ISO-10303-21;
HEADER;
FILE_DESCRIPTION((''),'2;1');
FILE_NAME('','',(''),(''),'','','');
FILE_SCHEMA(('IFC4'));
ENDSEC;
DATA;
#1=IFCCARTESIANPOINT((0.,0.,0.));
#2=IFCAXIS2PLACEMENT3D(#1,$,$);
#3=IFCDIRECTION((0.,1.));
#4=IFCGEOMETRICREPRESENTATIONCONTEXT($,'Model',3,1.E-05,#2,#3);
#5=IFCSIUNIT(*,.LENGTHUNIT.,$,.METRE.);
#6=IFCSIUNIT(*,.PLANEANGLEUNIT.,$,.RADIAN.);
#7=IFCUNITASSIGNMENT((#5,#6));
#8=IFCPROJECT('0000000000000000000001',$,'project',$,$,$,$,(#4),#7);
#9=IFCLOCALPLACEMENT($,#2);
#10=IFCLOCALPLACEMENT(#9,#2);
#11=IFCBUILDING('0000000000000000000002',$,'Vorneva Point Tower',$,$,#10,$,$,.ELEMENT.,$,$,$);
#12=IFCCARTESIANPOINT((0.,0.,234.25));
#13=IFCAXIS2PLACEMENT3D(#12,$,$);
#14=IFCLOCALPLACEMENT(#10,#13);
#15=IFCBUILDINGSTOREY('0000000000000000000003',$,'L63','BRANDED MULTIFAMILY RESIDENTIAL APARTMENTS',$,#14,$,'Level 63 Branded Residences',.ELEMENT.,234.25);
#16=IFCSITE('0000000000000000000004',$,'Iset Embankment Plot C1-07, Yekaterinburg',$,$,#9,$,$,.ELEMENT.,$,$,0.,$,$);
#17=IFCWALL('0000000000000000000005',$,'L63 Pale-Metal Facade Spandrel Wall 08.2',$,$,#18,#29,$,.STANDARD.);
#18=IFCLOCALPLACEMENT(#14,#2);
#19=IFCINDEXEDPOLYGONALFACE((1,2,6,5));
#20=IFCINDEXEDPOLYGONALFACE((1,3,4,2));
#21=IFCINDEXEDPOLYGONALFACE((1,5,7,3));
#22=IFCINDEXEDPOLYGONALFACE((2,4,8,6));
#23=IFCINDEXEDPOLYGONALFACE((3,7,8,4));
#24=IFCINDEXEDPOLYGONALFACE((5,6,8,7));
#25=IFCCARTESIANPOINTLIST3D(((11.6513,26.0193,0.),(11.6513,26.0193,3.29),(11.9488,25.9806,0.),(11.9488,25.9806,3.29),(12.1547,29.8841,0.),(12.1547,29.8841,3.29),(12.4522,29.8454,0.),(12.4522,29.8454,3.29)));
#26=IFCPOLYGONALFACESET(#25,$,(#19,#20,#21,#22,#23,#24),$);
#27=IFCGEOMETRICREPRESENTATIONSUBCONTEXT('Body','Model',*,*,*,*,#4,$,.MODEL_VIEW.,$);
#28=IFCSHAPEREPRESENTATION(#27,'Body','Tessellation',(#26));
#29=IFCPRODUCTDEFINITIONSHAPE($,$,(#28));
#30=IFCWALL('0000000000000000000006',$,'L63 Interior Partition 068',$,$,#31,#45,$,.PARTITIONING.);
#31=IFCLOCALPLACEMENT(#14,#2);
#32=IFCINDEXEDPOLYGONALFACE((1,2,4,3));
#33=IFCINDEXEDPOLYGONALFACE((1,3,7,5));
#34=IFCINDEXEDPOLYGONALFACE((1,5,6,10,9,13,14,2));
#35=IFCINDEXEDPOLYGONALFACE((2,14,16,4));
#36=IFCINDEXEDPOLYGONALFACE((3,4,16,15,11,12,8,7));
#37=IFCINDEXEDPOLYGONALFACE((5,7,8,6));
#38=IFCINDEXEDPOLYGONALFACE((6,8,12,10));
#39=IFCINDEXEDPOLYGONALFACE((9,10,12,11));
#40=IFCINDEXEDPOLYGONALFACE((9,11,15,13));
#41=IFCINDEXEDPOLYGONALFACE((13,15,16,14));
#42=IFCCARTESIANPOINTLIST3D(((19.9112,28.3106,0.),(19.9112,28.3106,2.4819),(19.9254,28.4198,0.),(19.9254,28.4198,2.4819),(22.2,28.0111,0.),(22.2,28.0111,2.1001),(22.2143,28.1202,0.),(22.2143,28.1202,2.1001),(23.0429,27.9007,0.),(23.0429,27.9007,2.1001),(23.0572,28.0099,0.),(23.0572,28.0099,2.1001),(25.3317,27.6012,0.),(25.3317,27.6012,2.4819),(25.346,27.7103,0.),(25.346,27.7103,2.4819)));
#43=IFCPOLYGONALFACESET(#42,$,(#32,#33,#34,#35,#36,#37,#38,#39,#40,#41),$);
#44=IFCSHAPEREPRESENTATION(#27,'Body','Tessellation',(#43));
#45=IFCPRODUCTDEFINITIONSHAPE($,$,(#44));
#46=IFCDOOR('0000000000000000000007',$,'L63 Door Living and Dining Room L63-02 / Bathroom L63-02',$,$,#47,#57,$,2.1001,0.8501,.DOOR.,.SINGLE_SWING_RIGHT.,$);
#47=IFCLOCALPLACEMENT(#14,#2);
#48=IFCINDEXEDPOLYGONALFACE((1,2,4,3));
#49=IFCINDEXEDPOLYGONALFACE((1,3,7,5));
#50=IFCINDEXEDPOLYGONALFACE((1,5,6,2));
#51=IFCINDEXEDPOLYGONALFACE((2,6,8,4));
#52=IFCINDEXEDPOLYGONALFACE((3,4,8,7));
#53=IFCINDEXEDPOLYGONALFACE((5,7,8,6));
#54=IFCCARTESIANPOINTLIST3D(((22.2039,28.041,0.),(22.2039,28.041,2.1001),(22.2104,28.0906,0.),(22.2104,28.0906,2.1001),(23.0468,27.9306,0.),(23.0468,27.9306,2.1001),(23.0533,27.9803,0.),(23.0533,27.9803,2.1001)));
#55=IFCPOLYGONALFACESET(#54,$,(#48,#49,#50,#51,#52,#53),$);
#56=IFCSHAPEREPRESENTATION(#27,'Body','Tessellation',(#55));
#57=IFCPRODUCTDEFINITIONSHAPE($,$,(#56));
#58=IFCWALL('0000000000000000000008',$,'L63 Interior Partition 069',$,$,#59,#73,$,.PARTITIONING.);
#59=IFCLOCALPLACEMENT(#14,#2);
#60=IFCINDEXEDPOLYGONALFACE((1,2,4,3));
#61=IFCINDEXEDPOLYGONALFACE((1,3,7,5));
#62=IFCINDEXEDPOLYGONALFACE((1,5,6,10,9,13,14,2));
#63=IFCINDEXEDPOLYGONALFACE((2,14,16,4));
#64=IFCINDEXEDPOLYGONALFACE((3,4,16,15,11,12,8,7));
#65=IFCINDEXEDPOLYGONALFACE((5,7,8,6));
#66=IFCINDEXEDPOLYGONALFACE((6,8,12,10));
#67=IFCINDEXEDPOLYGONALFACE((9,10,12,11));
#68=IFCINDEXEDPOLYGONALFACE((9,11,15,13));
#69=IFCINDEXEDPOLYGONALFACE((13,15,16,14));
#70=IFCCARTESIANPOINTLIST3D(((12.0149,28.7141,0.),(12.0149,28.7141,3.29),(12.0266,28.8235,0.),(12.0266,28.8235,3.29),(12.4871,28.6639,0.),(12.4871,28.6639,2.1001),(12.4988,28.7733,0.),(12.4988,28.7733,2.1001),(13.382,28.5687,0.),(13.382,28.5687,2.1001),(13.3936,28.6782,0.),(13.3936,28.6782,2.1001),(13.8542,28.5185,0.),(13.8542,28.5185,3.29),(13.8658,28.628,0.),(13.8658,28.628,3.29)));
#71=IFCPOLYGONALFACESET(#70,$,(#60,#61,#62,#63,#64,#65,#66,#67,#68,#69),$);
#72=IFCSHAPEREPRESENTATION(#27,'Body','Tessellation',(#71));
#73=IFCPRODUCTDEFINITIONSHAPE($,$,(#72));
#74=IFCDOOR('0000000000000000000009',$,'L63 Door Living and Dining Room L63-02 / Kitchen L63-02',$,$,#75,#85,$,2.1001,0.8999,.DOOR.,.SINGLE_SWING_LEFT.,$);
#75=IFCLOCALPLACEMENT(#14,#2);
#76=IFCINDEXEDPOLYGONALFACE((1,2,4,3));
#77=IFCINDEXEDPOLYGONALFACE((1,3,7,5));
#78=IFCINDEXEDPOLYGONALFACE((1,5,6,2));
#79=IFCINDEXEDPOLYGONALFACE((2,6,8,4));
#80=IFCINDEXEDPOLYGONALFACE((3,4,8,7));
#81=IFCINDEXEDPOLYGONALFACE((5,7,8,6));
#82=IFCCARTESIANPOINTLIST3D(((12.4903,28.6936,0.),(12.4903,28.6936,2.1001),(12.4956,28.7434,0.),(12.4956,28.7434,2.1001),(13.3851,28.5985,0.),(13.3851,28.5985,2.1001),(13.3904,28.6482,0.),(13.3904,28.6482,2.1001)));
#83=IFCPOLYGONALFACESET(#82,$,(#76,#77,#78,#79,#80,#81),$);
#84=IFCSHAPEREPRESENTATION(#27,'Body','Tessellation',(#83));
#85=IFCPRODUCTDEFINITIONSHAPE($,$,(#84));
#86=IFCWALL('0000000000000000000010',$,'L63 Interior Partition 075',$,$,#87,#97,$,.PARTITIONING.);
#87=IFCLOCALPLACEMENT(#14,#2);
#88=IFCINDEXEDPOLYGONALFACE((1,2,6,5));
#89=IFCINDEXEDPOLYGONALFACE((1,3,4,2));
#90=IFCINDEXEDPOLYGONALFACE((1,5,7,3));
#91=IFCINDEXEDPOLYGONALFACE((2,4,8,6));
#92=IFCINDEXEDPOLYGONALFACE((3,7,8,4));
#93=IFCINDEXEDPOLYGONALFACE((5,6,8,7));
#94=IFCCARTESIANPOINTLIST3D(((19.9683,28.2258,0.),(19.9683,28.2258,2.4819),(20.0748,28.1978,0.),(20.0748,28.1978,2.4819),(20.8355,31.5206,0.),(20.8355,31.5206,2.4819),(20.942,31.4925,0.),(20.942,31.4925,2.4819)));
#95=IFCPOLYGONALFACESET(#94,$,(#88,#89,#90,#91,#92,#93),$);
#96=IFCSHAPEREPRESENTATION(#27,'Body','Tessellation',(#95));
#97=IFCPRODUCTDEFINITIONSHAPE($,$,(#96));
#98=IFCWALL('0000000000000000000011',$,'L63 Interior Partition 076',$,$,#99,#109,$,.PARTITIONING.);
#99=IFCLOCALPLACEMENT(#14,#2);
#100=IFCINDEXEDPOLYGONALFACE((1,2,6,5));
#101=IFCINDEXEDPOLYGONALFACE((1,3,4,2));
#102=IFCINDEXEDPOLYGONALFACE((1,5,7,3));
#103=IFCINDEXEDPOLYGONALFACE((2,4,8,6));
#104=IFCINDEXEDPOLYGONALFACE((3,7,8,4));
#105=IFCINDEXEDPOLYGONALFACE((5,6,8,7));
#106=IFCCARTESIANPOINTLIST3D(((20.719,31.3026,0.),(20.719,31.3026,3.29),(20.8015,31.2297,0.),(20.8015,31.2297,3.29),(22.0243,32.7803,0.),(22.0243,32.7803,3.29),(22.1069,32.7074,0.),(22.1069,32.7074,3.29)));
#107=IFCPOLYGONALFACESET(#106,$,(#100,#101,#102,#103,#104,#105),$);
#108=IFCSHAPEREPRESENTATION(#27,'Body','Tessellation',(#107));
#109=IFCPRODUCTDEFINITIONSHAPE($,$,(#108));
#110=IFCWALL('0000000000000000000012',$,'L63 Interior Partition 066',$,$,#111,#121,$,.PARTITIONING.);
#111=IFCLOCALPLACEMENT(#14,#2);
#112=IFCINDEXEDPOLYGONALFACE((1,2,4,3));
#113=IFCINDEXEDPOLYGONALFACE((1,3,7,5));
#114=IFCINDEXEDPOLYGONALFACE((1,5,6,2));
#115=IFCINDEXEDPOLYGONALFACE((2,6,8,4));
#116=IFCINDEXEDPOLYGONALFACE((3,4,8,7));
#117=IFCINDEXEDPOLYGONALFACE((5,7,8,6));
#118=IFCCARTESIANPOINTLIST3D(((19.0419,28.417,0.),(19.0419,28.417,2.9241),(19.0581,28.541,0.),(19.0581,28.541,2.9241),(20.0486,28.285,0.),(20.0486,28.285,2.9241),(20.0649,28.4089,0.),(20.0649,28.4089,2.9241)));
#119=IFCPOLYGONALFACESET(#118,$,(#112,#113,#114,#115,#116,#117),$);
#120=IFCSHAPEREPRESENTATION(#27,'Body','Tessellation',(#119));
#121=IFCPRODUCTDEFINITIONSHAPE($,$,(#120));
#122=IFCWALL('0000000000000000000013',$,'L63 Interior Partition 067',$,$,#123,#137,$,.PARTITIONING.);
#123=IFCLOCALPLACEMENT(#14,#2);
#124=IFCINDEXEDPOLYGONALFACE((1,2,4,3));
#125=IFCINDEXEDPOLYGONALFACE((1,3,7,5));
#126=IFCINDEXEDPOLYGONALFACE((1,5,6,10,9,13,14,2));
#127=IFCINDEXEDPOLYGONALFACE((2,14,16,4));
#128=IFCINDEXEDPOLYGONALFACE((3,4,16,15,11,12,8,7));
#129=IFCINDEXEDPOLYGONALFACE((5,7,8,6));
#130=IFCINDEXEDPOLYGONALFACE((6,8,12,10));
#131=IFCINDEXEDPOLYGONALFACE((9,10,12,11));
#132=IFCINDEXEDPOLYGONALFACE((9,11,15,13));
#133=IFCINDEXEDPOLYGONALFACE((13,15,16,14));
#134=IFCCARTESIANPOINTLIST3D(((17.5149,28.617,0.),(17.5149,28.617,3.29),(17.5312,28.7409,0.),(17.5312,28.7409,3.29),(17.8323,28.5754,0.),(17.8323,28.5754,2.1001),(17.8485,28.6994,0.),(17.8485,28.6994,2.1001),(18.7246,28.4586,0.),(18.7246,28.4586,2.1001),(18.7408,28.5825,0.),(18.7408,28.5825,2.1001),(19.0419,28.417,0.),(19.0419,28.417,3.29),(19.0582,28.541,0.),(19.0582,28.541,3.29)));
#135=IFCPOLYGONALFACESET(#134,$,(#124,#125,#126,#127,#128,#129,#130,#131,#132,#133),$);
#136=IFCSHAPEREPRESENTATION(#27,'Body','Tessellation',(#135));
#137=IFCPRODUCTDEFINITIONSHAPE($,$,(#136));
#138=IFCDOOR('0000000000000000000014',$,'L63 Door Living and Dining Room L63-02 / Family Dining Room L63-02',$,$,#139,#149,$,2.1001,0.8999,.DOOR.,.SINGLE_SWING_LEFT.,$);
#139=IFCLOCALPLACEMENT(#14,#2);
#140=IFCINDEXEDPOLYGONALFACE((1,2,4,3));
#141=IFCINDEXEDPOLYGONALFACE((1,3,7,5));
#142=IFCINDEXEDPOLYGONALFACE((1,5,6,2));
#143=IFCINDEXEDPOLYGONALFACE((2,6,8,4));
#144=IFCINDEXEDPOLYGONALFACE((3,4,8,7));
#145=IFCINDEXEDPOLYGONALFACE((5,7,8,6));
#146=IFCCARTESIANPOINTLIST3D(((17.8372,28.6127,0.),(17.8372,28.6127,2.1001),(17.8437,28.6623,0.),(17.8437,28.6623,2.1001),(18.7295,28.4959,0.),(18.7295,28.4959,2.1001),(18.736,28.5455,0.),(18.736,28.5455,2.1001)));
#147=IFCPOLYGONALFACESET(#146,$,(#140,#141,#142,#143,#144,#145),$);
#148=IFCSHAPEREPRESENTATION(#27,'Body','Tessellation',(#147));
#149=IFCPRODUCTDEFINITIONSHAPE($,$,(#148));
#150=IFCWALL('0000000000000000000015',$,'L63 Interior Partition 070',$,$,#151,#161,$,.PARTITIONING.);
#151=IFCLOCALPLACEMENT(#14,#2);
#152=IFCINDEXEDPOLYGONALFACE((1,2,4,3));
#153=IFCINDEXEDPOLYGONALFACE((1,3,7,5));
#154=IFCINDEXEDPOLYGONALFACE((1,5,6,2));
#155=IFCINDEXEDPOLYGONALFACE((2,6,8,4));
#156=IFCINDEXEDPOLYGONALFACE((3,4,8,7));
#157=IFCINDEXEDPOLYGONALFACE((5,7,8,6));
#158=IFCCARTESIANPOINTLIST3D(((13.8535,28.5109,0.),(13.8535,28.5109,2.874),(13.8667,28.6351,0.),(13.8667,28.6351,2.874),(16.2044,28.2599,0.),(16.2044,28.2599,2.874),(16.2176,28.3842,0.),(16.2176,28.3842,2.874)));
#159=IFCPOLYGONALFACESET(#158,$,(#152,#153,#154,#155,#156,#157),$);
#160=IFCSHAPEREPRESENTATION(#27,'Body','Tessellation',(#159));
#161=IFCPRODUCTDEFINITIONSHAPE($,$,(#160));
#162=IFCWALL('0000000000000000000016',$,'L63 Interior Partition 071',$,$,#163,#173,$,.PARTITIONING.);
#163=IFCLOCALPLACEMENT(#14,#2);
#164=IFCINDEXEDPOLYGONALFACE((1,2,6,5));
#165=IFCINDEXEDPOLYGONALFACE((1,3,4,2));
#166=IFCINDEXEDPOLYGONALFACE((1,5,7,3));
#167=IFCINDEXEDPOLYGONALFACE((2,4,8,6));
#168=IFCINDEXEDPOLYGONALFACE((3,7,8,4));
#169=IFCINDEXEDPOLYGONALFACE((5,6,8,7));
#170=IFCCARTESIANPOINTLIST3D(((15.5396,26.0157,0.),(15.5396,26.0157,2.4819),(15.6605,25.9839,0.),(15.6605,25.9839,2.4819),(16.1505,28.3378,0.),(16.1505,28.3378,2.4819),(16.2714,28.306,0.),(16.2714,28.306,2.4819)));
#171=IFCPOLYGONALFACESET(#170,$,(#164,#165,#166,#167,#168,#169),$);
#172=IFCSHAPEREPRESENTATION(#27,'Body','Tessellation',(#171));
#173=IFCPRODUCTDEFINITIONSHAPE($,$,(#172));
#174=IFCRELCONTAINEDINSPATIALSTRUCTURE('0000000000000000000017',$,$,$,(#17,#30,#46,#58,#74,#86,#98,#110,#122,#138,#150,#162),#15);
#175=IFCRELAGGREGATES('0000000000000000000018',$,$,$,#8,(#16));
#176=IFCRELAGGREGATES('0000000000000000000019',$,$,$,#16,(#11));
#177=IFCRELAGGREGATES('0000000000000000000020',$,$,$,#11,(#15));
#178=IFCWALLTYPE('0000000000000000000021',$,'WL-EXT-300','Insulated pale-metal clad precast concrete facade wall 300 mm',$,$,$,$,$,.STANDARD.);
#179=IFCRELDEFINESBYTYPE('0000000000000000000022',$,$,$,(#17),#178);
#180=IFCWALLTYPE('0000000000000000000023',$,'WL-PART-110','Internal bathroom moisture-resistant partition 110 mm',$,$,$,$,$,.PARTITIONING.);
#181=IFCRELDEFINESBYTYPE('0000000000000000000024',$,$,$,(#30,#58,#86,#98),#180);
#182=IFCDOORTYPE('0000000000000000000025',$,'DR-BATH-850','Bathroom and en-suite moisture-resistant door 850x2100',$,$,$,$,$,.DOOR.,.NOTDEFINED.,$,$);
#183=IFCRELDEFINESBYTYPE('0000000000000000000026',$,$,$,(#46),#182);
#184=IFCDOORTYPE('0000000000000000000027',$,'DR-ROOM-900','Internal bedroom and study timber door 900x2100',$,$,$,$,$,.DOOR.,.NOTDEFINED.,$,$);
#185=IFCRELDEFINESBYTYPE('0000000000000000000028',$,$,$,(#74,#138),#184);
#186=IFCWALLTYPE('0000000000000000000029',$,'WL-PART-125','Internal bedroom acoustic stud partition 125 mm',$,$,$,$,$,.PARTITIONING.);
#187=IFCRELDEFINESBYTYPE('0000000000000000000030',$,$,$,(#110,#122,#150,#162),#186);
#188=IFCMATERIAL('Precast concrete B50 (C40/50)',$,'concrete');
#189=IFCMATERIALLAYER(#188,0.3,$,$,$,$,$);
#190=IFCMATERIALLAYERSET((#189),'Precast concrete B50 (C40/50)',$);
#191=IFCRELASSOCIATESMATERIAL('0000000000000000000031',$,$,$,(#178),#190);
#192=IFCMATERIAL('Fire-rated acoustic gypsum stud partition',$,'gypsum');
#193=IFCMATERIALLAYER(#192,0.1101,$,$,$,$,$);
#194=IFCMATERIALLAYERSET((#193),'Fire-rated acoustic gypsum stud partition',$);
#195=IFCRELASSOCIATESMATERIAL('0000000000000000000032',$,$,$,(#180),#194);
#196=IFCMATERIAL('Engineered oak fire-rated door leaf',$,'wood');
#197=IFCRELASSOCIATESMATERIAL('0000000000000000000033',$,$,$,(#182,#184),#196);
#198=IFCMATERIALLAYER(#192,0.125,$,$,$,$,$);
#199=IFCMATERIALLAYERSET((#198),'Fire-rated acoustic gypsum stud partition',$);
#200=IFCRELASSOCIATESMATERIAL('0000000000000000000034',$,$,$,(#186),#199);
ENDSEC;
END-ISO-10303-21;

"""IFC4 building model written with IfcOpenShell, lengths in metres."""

from ifc_helpers import new_model, si_unit, direction, frame, frame_2d, origin, place, context, subcontext, project, spatial, rectangle, extrude, material, layer, layer_set, type_object, element, fill, save


model = new_model("IFC4")

# Units and contexts
model_context = context("Model", 3, precision=1e-05, world=origin(), true_north=direction((0.0, 1.0)))
body_context = subcontext(model_context, "Body", "Model", "MODEL_VIEW")
ifc_project = project(units=[si_unit("LENGTHUNIT", "METRE"), si_unit("PLANEANGLEUNIT", "RADIAN")], contexts=[model_context])

# Site, building, storey
site_placement = place(None, origin())
site = spatial("IfcSite", under=ifc_project, at=site_placement, Name="Iset Embankment Plot C1-07, Yekaterinburg", CompositionType="ELEMENT", RefElevation=0.0)
building_placement = place(site_placement, origin())
building = spatial("IfcBuilding", under=site, at=building_placement, Name="Vorneva Point Tower", CompositionType="ELEMENT")
storey_placement = place(building_placement, frame((0.0, 0.0, 234.25)))
storey = spatial("IfcBuildingStorey", under=building, at=storey_placement, Name="L63", Description="BRANDED MULTIFAMILY RESIDENTIAL APARTMENTS", LongName="Level 63 Branded Residences", CompositionType="ELEMENT", Elevation=234.25)

# Wall
ifc_material_1 = material(Name="Precast concrete B50 (C40/50)", Category="concrete")
ifc_layer_1 = layer(ifc_material_1, 0.3)
ifc_layer_set_1 = layer_set([ifc_layer_1], Name="Precast concrete B50 (C40/50)")
wall_type_1 = type_object("IfcWallType", Name="WL-EXT-300", Description="Insulated pale-metal clad precast concrete facade wall 300 mm", PredefinedType="STANDARD", material=ifc_layer_set_1)
wall_1_placement = place(storey_placement, frame((12.3035, 29.8647, 0.0), z_axis=(0.0, 0.0, 1.0), x_axis=(-0.129168, -0.991623, 0.0)))
element("IfcWall", 1, at=wall_1_placement, inside=storey, type_object=wall_type_1, Name="L63 Pale-Metal Facade Spandrel Wall 08.2", PredefinedType="STANDARD", context=body_context, shape_type="SweptSolid", body=[
    extrude(rectangle(XDim=3.8975, YDim=0.3, at=frame_2d((1.9487, 0.0))), origin(), (0.0, 0.0, 1.0), 3.29),
])

# Walls, openings, doors
ifc_material_2 = material(Name="Fire-rated acoustic gypsum stud partition", Category="gypsum")
ifc_layer_2 = layer(ifc_material_2, 0.1101)
ifc_layer_set_2 = layer_set([ifc_layer_2], Name="Fire-rated acoustic gypsum stud partition")
wall_type_2 = type_object("IfcWallType", Name="WL-PART-110", Description="Internal bathroom moisture-resistant partition 110 mm", PredefinedType="PARTITIONING", material=ifc_layer_set_2)
wall_2_placement = place(storey_placement, frame((25.3389, 27.6558, 0.0), z_axis=(0.0, 0.0, 1.0), x_axis=(-0.991543, 0.129776, 0.0)))
wall_2 = element("IfcWall", 2, at=wall_2_placement, inside=storey, type_object=wall_type_2, Name="L63 Interior Partition 068", PredefinedType="PARTITIONING", context=body_context, shape_type="SweptSolid", body=[
    extrude(rectangle(XDim=5.4668, YDim=0.1101, at=frame_2d((2.7334, 0.0))), origin(), (0.0, 0.0, 1.0), 2.4819),
])
opening_1_placement = place(wall_2_placement, frame((2.3083, 0.0, 0.0)))
opening_1 = element("IfcOpeningElement", 3, at=opening_1_placement, cuts=wall_2, PredefinedType="OPENING", context=body_context, shape_type="SweptSolid", body=[
    extrude(rectangle(XDim=0.8501, YDim=2.1001, at=frame_2d((0.425, 1.05))), frame((0.0, 0.0698, 0.0), z_axis=(0.0, -1.0, 0.0), x_axis=(1.0, 0.0, 0.0)), (0.0, 0.0, 1.0), 0.1399),
])
ifc_material_3 = material(Name="Engineered oak fire-rated door leaf", Category="wood")
door_type_1 = type_object("IfcDoorType", Name="DR-BATH-850", Description="Bathroom and en-suite moisture-resistant door 850x2100", OperationType="NOTDEFINED", PredefinedType="DOOR", material=ifc_material_3)
door_1_placement = place(opening_1_placement, origin())
door_1 = element("IfcDoor", 4, at=door_1_placement, inside=storey, type_object=door_type_1, Name="L63 Door Living and Dining Room L63-02 / Bathroom L63-02", OperationType="SINGLE_SWING_RIGHT", OverallHeight=2.1001, OverallWidth=0.8501, PredefinedType="DOOR", context=body_context, shape_type="SweptSolid", body=[
    extrude(rectangle(XDim=0.8501, YDim=2.1001, at=frame_2d((0.425, 1.05))), frame((0.0, 0.0249, 0.0), z_axis=(0.0, -1.0, 0.0), x_axis=(1.0, 0.0, 0.0)), (0.0, 0.0, 1.0), 0.05),
])
fill(opening_1, door_1)
wall_3_placement = place(storey_placement, frame((12.0208, 28.7688, 0.0), z_axis=(0.0, 0.0, 1.0), x_axis=(0.994396, -0.105722, 0.0)))
wall_3 = element("IfcWall", 5, at=wall_3_placement, inside=storey, type_object=wall_type_2, Name="L63 Interior Partition 069", PredefinedType="PARTITIONING", context=body_context, shape_type="SweptSolid", body=[
    extrude(rectangle(XDim=1.8496, YDim=0.1101, at=frame_2d((0.9248, 0.0))), origin(), (0.0, 0.0, 1.0), 3.29),
])
opening_2_placement = place(wall_3_placement, frame((0.4749, 0.0, 0.0)))
opening_2 = element("IfcOpeningElement", 6, at=opening_2_placement, cuts=wall_3, PredefinedType="OPENING", context=body_context, shape_type="SweptSolid", body=[
    extrude(rectangle(XDim=0.8999, YDim=2.1001, at=frame_2d((0.45, 1.05))), frame((0.0, 0.0698, 0.0), z_axis=(0.0, -1.0, 0.0), x_axis=(1.0, 0.0, 0.0)), (0.0, 0.0, 1.0), 0.1399),
])
door_type_2 = type_object("IfcDoorType", Name="DR-ROOM-900", Description="Internal bedroom and study timber door 900x2100", OperationType="NOTDEFINED", PredefinedType="DOOR", material=ifc_material_3)
door_2_placement = place(opening_2_placement, origin())
door_2 = element("IfcDoor", 7, at=door_2_placement, inside=storey, type_object=door_type_2, Name="L63 Door Living and Dining Room L63-02 / Kitchen L63-02", OperationType="SINGLE_SWING_LEFT", OverallHeight=2.1001, OverallWidth=0.8999, PredefinedType="DOOR", context=body_context, shape_type="SweptSolid", body=[
    extrude(rectangle(XDim=0.8999, YDim=2.1001, at=frame_2d((0.45, 1.05))), frame((0.0, 0.0249, 0.0), z_axis=(0.0, -1.0, 0.0), x_axis=(1.0, 0.0, 0.0)), (0.0, 0.0, 1.0), 0.05),
])
fill(opening_2, door_2)

# Walls
wall_4_placement = place(storey_placement, frame((20.0215, 28.2117, 0.0), z_axis=(0.0, 0.0, 1.0), x_axis=(0.254539, 0.967062, 0.0)))
element("IfcWall", 8, at=wall_4_placement, inside=storey, type_object=wall_type_2, Name="L63 Interior Partition 075", PredefinedType="PARTITIONING", context=body_context, shape_type="SweptSolid", body=[
    extrude(rectangle(XDim=3.407, YDim=0.1101, at=frame_2d((1.7036, 0.0))), origin(), (0.0, 0.0, 1.0), 2.4819),
])
wall_5_placement = place(storey_placement, frame((20.7603, 31.2661, 0.0), z_axis=(0.0, 0.0, 1.0), x_axis=(0.662047, 0.749462, 0.0)))
element("IfcWall", 9, at=wall_5_placement, inside=storey, type_object=wall_type_2, Name="L63 Interior Partition 076", PredefinedType="PARTITIONING", context=body_context, shape_type="SweptSolid", body=[
    extrude(rectangle(XDim=1.9717, YDim=0.1101, at=frame_2d((0.9858, 0.0))), origin(), (0.0, 0.0, 1.0), 3.29),
])
ifc_layer_3 = layer(ifc_material_2, 0.125)
ifc_layer_set_3 = layer_set([ifc_layer_3], Name="Fire-rated acoustic gypsum stud partition")
wall_type_3 = type_object("IfcWallType", Name="WL-PART-125", Description="Internal bedroom acoustic stud partition 125 mm", PredefinedType="PARTITIONING", material=ifc_layer_set_3)
wall_6_placement = place(storey_placement, frame((20.0569, 28.3469, 0.0), z_axis=(0.0, 0.0, 1.0), x_axis=(-0.991505, 0.130069, 0.0)))
element("IfcWall", 10, at=wall_6_placement, inside=storey, type_object=wall_type_3, Name="L63 Interior Partition 066", PredefinedType="PARTITIONING", context=body_context, shape_type="SweptSolid", body=[
    extrude(rectangle(XDim=1.0154, YDim=0.125, at=frame_2d((0.5078, 0.0))), origin(), (0.0, 0.0, 1.0), 2.9241),
])

# Wall, opening, door
wall_7_placement = place(storey_placement, frame((19.05, 28.479, 0.0), z_axis=(0.0, 0.0, 1.0), x_axis=(-0.991537, 0.129827, 0.0)))
wall_7 = element("IfcWall", 11, at=wall_7_placement, inside=storey, type_object=wall_type_3, Name="L63 Interior Partition 067", PredefinedType="PARTITIONING", context=body_context, shape_type="SweptSolid", body=[
    extrude(rectangle(XDim=1.54, YDim=0.125, at=frame_2d((0.77, 0.0))), origin(), (0.0, 0.0, 1.0), 3.29),
])
opening_3_placement = place(wall_7_placement, frame((0.3201, 0.0, 0.0)))
opening_3 = element("IfcOpeningElement", 12, at=opening_3_placement, cuts=wall_7, PredefinedType="OPENING", context=body_context, shape_type="SweptSolid", body=[
    extrude(rectangle(XDim=0.8999, YDim=2.1001, at=frame_2d((0.45, 1.05))), frame((0.0, 0.0774, 0.0), z_axis=(0.0, -1.0, 0.0), x_axis=(1.0, 0.0, 0.0)), (0.0, 0.0, 1.0), 0.1548),
])
door_3_placement = place(opening_3_placement, origin())
door_3 = element("IfcDoor", 13, at=door_3_placement, inside=storey, type_object=door_type_2, Name="L63 Door Living and Dining Room L63-02 / Family Dining Room L63-02", OperationType="SINGLE_SWING_LEFT", OverallHeight=2.1001, OverallWidth=0.8999, PredefinedType="DOOR", context=body_context, shape_type="SweptSolid", body=[
    extrude(rectangle(XDim=0.8999, YDim=2.1001, at=frame_2d((0.45, 1.05))), frame((0.0, 0.0249, 0.0), z_axis=(0.0, -1.0, 0.0), x_axis=(1.0, 0.0, 0.0)), (0.0, 0.0, 1.0), 0.05),
])
fill(opening_3, door_3)

# Walls
wall_8_placement = place(storey_placement, frame((13.8601, 28.573, 0.0), z_axis=(0.0, 0.0, 1.0), x_axis=(0.994349, -0.106158, 0.0)))
element("IfcWall", 14, at=wall_8_placement, inside=storey, type_object=wall_type_3, Name="L63 Interior Partition 070", PredefinedType="PARTITIONING", context=body_context, shape_type="SweptSolid", body=[
    extrude(rectangle(XDim=2.3643, YDim=0.125, at=frame_2d((1.1821, 0.0))), origin(), (0.0, 0.0, 1.0), 2.874),
])
wall_9_placement = place(storey_placement, frame((16.2109, 28.322, 0.0), z_axis=(0.0, 0.0, 1.0), x_axis=(-0.254408, -0.967097, 0.0)))
element("IfcWall", 15, at=wall_9_placement, inside=storey, type_object=wall_type_3, Name="L63 Interior Partition 071", PredefinedType="PARTITIONING", context=body_context, shape_type="SweptSolid", body=[
    extrude(rectangle(XDim=2.4011, YDim=0.125, at=frame_2d((1.2007, 0.0))), origin(), (0.0, 0.0, 1.0), 2.4819),
])

save(model, "model.ifc")
